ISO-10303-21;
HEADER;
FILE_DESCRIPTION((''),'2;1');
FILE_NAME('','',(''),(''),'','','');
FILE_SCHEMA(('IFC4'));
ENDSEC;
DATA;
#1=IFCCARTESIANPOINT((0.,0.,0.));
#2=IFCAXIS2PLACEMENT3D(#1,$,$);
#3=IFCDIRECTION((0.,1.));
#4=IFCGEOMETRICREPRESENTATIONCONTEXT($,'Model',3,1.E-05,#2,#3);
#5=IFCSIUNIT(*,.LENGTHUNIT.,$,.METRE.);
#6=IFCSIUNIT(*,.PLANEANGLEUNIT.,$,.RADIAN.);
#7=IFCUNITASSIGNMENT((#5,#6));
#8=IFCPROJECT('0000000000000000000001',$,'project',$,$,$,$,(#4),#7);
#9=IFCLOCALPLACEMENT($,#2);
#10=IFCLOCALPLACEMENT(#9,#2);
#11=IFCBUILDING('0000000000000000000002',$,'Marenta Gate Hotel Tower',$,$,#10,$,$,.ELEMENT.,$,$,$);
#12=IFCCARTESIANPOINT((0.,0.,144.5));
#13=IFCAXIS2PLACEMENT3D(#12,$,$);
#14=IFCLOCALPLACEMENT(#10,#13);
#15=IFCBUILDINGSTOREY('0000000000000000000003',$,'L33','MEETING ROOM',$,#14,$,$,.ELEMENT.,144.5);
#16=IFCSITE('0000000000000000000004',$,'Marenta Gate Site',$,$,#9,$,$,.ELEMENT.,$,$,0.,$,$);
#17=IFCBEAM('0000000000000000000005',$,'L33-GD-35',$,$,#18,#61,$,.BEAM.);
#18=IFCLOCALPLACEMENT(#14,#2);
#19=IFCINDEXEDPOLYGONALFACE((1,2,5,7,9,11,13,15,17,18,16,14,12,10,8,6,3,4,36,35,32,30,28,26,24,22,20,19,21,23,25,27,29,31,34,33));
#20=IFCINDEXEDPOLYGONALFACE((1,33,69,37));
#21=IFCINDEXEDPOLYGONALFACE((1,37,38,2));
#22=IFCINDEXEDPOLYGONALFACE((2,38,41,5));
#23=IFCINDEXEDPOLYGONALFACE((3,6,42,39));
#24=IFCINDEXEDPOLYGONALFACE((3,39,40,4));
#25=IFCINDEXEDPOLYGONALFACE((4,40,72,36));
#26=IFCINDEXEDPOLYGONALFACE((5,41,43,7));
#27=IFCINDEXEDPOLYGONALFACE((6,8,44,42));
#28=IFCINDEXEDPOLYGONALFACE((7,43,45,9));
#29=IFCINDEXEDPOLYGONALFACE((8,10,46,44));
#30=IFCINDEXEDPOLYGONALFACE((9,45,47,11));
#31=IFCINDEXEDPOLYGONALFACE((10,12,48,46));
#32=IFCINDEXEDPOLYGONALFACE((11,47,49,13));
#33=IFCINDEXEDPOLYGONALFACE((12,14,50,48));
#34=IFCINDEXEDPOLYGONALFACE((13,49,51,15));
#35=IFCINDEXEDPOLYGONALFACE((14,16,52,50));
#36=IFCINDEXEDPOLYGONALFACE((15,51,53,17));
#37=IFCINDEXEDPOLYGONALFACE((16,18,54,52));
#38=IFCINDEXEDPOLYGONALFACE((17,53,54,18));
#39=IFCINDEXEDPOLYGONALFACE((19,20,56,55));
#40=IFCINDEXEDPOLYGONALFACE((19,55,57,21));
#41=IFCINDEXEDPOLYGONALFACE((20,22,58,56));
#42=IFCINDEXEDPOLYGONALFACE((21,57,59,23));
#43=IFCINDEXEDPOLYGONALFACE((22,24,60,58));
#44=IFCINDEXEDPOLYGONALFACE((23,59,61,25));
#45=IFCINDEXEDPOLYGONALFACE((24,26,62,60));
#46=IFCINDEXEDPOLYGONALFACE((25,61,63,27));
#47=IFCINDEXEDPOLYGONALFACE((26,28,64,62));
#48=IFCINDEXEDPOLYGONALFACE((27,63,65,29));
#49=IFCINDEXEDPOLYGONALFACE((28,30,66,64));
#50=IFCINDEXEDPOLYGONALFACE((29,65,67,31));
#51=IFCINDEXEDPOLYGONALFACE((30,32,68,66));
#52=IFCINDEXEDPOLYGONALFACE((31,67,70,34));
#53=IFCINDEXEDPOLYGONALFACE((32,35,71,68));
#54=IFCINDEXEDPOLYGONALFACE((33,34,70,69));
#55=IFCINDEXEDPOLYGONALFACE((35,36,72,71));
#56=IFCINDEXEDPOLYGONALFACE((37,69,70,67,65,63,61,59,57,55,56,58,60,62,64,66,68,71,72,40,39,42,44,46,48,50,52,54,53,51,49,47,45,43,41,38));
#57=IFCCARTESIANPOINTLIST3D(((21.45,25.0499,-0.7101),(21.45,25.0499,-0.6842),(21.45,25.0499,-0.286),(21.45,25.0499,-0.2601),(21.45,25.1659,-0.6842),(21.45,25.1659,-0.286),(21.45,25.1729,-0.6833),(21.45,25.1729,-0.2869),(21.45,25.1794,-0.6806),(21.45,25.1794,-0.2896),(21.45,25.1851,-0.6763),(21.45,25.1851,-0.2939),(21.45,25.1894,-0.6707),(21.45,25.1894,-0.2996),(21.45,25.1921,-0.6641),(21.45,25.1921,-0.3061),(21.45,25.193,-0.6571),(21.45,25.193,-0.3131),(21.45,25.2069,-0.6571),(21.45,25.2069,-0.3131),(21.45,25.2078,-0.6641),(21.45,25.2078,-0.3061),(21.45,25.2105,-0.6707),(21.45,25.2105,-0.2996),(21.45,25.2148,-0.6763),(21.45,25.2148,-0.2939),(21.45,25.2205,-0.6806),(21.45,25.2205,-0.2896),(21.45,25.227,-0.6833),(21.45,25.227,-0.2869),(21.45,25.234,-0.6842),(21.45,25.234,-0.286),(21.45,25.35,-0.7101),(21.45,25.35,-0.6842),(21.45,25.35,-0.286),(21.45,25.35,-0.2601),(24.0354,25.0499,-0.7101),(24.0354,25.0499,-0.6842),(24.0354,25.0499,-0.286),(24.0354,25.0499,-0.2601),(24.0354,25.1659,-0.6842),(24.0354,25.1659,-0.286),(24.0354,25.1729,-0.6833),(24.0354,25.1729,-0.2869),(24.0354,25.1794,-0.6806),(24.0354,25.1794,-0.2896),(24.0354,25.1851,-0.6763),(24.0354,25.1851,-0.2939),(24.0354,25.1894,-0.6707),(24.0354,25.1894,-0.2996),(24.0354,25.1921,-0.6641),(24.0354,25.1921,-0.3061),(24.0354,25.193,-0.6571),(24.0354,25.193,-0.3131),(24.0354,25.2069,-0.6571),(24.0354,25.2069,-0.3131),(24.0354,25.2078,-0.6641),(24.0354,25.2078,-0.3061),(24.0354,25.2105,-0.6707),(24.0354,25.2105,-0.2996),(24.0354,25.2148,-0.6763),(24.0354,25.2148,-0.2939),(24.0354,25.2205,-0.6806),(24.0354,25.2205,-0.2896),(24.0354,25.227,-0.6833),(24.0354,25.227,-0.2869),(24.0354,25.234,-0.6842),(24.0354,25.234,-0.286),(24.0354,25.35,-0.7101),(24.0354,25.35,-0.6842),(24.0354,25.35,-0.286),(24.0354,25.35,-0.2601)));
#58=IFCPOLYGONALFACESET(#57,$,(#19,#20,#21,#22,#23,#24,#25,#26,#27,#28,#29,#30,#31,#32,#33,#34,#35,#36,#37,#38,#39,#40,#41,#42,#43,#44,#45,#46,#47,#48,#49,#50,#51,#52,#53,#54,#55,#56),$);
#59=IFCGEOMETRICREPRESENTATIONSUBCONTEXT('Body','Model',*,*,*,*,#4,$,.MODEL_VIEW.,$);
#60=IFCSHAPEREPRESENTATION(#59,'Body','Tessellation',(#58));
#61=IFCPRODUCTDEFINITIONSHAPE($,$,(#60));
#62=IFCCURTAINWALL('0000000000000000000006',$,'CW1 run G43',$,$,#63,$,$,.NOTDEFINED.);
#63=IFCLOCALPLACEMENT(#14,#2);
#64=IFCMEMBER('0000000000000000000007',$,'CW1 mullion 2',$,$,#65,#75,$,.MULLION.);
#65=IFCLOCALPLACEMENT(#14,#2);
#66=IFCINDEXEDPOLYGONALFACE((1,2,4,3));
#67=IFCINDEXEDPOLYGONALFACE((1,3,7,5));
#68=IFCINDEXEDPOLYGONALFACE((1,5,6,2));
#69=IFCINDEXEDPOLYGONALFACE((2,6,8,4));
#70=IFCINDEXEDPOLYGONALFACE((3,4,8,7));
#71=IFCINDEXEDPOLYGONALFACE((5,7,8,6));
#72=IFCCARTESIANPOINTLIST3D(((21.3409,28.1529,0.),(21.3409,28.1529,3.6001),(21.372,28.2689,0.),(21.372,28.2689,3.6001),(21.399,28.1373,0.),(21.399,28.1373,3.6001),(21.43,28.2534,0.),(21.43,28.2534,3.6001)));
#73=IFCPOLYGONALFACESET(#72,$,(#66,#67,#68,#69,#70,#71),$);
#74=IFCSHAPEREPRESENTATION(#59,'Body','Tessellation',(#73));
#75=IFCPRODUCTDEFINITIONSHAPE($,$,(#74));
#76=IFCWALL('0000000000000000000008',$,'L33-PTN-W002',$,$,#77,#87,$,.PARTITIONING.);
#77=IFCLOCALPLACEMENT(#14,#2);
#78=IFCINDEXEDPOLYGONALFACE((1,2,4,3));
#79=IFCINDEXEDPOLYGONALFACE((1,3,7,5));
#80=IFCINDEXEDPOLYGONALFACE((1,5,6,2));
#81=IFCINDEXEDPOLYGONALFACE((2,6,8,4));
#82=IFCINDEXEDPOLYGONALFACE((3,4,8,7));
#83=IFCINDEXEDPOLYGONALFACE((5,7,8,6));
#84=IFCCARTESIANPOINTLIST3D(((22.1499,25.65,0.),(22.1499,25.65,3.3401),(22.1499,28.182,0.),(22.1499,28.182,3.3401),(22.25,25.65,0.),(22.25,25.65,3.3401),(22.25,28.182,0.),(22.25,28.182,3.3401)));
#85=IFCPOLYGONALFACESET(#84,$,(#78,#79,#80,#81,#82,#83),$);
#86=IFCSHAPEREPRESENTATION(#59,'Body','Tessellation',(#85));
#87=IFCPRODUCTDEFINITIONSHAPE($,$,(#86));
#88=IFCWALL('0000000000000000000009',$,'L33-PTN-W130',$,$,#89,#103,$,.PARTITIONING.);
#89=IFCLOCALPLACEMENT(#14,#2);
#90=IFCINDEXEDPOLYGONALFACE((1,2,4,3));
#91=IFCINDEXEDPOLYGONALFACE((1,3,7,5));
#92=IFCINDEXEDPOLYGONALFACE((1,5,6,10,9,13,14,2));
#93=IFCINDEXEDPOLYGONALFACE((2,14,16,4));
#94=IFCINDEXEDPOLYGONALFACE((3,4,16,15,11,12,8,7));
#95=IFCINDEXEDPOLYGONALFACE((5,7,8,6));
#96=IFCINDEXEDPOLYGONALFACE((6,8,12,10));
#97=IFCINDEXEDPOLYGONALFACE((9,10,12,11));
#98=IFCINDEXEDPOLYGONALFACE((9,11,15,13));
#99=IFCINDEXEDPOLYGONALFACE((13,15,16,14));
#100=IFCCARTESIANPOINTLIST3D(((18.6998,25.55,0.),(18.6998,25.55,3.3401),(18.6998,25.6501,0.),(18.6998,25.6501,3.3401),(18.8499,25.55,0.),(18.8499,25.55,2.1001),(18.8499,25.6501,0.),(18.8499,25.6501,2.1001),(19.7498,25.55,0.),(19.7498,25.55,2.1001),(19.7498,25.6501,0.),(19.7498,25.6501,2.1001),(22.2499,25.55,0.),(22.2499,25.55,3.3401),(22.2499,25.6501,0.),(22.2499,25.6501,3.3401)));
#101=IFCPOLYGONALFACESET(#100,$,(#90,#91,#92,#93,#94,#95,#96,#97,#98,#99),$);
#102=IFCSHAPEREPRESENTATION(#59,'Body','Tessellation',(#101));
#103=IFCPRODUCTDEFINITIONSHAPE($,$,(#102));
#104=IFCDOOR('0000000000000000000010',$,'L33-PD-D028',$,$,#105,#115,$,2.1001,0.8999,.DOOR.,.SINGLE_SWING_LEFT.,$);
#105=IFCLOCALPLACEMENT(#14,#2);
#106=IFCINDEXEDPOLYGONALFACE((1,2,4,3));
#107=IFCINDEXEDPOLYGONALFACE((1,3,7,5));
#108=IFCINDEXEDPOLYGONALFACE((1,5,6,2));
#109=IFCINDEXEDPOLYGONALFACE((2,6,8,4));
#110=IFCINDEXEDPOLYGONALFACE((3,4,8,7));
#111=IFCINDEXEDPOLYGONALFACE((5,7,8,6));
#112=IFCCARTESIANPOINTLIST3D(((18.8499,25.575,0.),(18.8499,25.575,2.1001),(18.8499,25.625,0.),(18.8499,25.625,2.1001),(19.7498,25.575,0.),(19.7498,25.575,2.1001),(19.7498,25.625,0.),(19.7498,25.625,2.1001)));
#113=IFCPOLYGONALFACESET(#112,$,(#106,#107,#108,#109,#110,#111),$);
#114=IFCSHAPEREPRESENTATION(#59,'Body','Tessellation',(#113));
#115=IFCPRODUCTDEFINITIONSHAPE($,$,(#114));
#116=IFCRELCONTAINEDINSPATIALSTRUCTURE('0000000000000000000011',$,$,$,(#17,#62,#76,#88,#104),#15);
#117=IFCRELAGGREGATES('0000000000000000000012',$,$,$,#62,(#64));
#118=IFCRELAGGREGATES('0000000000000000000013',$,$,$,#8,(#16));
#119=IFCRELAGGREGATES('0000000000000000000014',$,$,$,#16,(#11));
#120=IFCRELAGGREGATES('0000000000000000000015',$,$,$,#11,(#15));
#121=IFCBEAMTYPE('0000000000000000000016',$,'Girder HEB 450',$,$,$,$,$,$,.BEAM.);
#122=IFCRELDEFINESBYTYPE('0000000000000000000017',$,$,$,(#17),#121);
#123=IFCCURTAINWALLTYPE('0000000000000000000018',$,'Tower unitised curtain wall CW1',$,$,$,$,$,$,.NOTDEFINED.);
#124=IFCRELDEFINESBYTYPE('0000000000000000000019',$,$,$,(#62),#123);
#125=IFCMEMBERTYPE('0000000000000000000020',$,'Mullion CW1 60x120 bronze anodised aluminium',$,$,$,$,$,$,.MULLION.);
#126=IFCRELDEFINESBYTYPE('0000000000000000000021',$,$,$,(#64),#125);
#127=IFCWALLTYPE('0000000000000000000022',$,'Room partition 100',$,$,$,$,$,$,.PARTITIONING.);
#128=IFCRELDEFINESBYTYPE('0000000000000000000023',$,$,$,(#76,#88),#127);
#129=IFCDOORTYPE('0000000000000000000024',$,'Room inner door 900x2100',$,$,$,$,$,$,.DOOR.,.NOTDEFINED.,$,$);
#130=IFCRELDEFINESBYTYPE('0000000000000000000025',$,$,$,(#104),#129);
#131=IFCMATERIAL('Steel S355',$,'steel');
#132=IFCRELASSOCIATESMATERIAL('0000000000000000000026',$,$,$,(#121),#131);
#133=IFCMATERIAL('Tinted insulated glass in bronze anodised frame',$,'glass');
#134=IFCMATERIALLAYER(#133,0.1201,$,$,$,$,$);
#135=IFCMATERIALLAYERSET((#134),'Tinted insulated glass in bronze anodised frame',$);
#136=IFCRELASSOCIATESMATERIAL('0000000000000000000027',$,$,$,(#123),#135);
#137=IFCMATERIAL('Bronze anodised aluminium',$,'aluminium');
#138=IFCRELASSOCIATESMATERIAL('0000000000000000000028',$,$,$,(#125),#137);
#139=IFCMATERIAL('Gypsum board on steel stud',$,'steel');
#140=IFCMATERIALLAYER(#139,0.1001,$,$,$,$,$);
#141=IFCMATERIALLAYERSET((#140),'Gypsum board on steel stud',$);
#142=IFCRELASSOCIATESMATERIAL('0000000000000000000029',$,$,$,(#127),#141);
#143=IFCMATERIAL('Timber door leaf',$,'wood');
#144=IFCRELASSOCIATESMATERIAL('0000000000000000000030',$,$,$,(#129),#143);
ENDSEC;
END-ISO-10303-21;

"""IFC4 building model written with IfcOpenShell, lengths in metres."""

from ifc_helpers import new_model, si_unit, direction, frame, frame_2d, origin, origin_2d, place, context, subcontext, project, spatial, rectangle, i_section, extrude, material, layer, layer_set, material_profile, profile_set, type_object, element, fill, aggregate, save


model = new_model("IFC4")

# Units and contexts
model_context = context("Model", 3, precision=1e-05, world=origin(), true_north=direction((0.0, 1.0)))
body_context = subcontext(model_context, "Body", "Model", "MODEL_VIEW")
ifc_project = project(units=[si_unit("LENGTHUNIT", "METRE"), si_unit("PLANEANGLEUNIT", "RADIAN")], contexts=[model_context])

# Site, building, storey
site_placement = place(None, origin())
site = spatial("IfcSite", under=ifc_project, at=site_placement, Name="Marenta Gate Site", CompositionType="ELEMENT", RefElevation=0.0)
building_placement = place(site_placement, origin())
building = spatial("IfcBuilding", under=site, at=building_placement, Name="Marenta Gate Hotel Tower", CompositionType="ELEMENT")
storey_placement = place(building_placement, frame((0.0, 0.0, 144.5)))
storey = spatial("IfcBuildingStorey", under=building, at=storey_placement, Name="L33", Description="MEETING ROOM", CompositionType="ELEMENT", Elevation=144.5)

# Beam
ifc_material_1 = material(Name="Steel S355", Category="steel")
ifc_material_profile_1 = material_profile(ifc_material_1, i_section(OverallWidth=0.3, OverallDepth=0.45, WebThickness=0.0139, FlangeThickness=0.0259, FilletRadius=0.0271, at=origin_2d()), Name="HEB 450")
ifc_profile_set_1 = profile_set([ifc_material_profile_1], Name="Steel S355")
beam_type_1 = type_object("IfcBeamType", Name="Girder HEB 450", PredefinedType="BEAM", material=ifc_profile_set_1)
beam_1_placement = place(storey_placement, frame((21.45, 25.2, -0.4851), z_axis=(1.0, 0.0, 0.0), x_axis=(0.0, 1.0, 0.0)))
element("IfcBeam", 1, at=beam_1_placement, inside=storey, type_object=beam_type_1, Name="L33-GD-35", PredefinedType="BEAM", context=body_context, shape_type="SweptSolid", body=[
    extrude(i_section(OverallWidth=0.3, OverallDepth=0.45, WebThickness=0.0139, FlangeThickness=0.0259, FilletRadius=0.0271, at=origin_2d()), origin(), (0.0, 0.0, 1.0), 2.5854),
])

# Curtain wall, member
ifc_material_2 = material(Name="Tinted insulated glass in bronze anodised frame", Category="glass")
ifc_layer_1 = layer(ifc_material_2, 0.1201)
ifc_layer_set_1 = layer_set([ifc_layer_1], Name="Tinted insulated glass in bronze anodised frame")
curtain_wall_type = type_object("IfcCurtainWallType", Name="Tower unitised curtain wall CW1", PredefinedType="NOTDEFINED", material=ifc_layer_set_1)
curtain_wall_placement = place(storey_placement, origin())
curtain_wall = element("IfcCurtainWall", 2, at=curtain_wall_placement, inside=storey, type_object=curtain_wall_type, Name="CW1 run G43", PredefinedType="NOTDEFINED")
ifc_material_3 = material(Name="Bronze anodised aluminium", Category="aluminium")
ifc_material_profile_2 = material_profile(ifc_material_3, rectangle(XDim=0.1201, YDim=0.0601, at=origin_2d()), Name="Mullion CW1 60x120 bronze anodised aluminium")
ifc_profile_set_2 = profile_set([ifc_material_profile_2], Name="Bronze anodised aluminium")
member_type = type_object("IfcMemberType", Name="Mullion CW1 60x120 bronze anodised aluminium", PredefinedType="MULLION", material=ifc_profile_set_2)
member_placement = place(storey_placement, frame((21.3855, 28.2031, 0.0), z_axis=(0.0, 0.0, 1.0), x_axis=(-0.258806, -0.965929, 0.0)))
member = element("IfcMember", 3, at=member_placement, type_object=member_type, Name="CW1 mullion 2", PredefinedType="MULLION", context=body_context, shape_type="SweptSolid", body=[
    extrude(rectangle(XDim=0.1201, YDim=0.0601, at=origin_2d()), origin(), (0.0, 0.0, 1.0), 3.6001),
])
aggregate(curtain_wall, [member])

# Wall
ifc_material_4 = material(Name="Gypsum board on steel stud", Category="steel")
ifc_layer_2 = layer(ifc_material_4, 0.1001)
ifc_layer_set_2 = layer_set([ifc_layer_2], Name="Gypsum board on steel stud")
wall_type_1 = type_object("IfcWallType", Name="Room partition 100", PredefinedType="PARTITIONING", material=ifc_layer_set_2)
wall_1_placement = place(storey_placement, frame((22.2, 25.6499, 0.0), z_axis=(0.0, 0.0, 1.0), x_axis=(0.0, 1.0, 0.0)))
element("IfcWall", 4, at=wall_1_placement, inside=storey, type_object=wall_type_1, Name="L33-PTN-W002", PredefinedType="PARTITIONING", context=body_context, shape_type="SweptSolid", body=[
    extrude(rectangle(XDim=2.532, YDim=0.1001, at=frame_2d((1.2661, 0.0))), origin(), (0.0, 0.0, 1.0), 3.3401),
])

# Wall, opening, door
wall_2_placement = place(storey_placement, frame((18.7, 25.6001, 0.0), z_axis=(0.0, 0.0, 1.0), x_axis=(1.0, 0.0, 0.0)))
wall_2 = element("IfcWall", 5, at=wall_2_placement, inside=storey, type_object=wall_type_1, Name="L33-PTN-W130", PredefinedType="PARTITIONING", context=body_context, shape_type="SweptSolid", body=[
    extrude(rectangle(XDim=3.55, YDim=0.1001, at=frame_2d((1.7749, 0.0))), origin(), (0.0, 0.0, 1.0), 3.3401),
])
opening_1_placement = place(wall_2_placement, frame((0.1499, 0.0, 0.0)))
opening_1 = element("IfcOpeningElement", 6, at=opening_1_placement, cuts=wall_2, PredefinedType="OPENING", context=body_context, shape_type="SweptSolid", body=[
    extrude(rectangle(XDim=0.8999, YDim=2.1001, at=frame_2d((0.45, 1.05))), frame((0.0, 0.05, 0.0), z_axis=(0.0, -1.0, 0.0), x_axis=(1.0, 0.0, 0.0)), (0.0, 0.0, 1.0), 0.1001),
])
ifc_material_5 = material(Name="Timber door leaf", Category="wood")
door_type = type_object("IfcDoorType", Name="Room inner door 900x2100", OperationType="NOTDEFINED", PredefinedType="DOOR", material=ifc_material_5)
door_placement = place(opening_1_placement, origin())
door = element("IfcDoor", 7, at=door_placement, inside=storey, type_object=door_type, Name="L33-PD-D028", OperationType="SINGLE_SWING_LEFT", OverallHeight=2.1001, OverallWidth=0.8999, PredefinedType="DOOR", context=body_context, shape_type="SweptSolid", body=[
    extrude(rectangle(XDim=0.8999, YDim=2.1001, at=frame_2d((0.45, 1.05))), frame((0.0, 0.0249, 0.0), z_axis=(0.0, -1.0, 0.0), x_axis=(1.0, 0.0, 0.0)), (0.0, 0.0, 1.0), 0.05),
])
fill(opening_1, door)

save(model, "model.ifc")
